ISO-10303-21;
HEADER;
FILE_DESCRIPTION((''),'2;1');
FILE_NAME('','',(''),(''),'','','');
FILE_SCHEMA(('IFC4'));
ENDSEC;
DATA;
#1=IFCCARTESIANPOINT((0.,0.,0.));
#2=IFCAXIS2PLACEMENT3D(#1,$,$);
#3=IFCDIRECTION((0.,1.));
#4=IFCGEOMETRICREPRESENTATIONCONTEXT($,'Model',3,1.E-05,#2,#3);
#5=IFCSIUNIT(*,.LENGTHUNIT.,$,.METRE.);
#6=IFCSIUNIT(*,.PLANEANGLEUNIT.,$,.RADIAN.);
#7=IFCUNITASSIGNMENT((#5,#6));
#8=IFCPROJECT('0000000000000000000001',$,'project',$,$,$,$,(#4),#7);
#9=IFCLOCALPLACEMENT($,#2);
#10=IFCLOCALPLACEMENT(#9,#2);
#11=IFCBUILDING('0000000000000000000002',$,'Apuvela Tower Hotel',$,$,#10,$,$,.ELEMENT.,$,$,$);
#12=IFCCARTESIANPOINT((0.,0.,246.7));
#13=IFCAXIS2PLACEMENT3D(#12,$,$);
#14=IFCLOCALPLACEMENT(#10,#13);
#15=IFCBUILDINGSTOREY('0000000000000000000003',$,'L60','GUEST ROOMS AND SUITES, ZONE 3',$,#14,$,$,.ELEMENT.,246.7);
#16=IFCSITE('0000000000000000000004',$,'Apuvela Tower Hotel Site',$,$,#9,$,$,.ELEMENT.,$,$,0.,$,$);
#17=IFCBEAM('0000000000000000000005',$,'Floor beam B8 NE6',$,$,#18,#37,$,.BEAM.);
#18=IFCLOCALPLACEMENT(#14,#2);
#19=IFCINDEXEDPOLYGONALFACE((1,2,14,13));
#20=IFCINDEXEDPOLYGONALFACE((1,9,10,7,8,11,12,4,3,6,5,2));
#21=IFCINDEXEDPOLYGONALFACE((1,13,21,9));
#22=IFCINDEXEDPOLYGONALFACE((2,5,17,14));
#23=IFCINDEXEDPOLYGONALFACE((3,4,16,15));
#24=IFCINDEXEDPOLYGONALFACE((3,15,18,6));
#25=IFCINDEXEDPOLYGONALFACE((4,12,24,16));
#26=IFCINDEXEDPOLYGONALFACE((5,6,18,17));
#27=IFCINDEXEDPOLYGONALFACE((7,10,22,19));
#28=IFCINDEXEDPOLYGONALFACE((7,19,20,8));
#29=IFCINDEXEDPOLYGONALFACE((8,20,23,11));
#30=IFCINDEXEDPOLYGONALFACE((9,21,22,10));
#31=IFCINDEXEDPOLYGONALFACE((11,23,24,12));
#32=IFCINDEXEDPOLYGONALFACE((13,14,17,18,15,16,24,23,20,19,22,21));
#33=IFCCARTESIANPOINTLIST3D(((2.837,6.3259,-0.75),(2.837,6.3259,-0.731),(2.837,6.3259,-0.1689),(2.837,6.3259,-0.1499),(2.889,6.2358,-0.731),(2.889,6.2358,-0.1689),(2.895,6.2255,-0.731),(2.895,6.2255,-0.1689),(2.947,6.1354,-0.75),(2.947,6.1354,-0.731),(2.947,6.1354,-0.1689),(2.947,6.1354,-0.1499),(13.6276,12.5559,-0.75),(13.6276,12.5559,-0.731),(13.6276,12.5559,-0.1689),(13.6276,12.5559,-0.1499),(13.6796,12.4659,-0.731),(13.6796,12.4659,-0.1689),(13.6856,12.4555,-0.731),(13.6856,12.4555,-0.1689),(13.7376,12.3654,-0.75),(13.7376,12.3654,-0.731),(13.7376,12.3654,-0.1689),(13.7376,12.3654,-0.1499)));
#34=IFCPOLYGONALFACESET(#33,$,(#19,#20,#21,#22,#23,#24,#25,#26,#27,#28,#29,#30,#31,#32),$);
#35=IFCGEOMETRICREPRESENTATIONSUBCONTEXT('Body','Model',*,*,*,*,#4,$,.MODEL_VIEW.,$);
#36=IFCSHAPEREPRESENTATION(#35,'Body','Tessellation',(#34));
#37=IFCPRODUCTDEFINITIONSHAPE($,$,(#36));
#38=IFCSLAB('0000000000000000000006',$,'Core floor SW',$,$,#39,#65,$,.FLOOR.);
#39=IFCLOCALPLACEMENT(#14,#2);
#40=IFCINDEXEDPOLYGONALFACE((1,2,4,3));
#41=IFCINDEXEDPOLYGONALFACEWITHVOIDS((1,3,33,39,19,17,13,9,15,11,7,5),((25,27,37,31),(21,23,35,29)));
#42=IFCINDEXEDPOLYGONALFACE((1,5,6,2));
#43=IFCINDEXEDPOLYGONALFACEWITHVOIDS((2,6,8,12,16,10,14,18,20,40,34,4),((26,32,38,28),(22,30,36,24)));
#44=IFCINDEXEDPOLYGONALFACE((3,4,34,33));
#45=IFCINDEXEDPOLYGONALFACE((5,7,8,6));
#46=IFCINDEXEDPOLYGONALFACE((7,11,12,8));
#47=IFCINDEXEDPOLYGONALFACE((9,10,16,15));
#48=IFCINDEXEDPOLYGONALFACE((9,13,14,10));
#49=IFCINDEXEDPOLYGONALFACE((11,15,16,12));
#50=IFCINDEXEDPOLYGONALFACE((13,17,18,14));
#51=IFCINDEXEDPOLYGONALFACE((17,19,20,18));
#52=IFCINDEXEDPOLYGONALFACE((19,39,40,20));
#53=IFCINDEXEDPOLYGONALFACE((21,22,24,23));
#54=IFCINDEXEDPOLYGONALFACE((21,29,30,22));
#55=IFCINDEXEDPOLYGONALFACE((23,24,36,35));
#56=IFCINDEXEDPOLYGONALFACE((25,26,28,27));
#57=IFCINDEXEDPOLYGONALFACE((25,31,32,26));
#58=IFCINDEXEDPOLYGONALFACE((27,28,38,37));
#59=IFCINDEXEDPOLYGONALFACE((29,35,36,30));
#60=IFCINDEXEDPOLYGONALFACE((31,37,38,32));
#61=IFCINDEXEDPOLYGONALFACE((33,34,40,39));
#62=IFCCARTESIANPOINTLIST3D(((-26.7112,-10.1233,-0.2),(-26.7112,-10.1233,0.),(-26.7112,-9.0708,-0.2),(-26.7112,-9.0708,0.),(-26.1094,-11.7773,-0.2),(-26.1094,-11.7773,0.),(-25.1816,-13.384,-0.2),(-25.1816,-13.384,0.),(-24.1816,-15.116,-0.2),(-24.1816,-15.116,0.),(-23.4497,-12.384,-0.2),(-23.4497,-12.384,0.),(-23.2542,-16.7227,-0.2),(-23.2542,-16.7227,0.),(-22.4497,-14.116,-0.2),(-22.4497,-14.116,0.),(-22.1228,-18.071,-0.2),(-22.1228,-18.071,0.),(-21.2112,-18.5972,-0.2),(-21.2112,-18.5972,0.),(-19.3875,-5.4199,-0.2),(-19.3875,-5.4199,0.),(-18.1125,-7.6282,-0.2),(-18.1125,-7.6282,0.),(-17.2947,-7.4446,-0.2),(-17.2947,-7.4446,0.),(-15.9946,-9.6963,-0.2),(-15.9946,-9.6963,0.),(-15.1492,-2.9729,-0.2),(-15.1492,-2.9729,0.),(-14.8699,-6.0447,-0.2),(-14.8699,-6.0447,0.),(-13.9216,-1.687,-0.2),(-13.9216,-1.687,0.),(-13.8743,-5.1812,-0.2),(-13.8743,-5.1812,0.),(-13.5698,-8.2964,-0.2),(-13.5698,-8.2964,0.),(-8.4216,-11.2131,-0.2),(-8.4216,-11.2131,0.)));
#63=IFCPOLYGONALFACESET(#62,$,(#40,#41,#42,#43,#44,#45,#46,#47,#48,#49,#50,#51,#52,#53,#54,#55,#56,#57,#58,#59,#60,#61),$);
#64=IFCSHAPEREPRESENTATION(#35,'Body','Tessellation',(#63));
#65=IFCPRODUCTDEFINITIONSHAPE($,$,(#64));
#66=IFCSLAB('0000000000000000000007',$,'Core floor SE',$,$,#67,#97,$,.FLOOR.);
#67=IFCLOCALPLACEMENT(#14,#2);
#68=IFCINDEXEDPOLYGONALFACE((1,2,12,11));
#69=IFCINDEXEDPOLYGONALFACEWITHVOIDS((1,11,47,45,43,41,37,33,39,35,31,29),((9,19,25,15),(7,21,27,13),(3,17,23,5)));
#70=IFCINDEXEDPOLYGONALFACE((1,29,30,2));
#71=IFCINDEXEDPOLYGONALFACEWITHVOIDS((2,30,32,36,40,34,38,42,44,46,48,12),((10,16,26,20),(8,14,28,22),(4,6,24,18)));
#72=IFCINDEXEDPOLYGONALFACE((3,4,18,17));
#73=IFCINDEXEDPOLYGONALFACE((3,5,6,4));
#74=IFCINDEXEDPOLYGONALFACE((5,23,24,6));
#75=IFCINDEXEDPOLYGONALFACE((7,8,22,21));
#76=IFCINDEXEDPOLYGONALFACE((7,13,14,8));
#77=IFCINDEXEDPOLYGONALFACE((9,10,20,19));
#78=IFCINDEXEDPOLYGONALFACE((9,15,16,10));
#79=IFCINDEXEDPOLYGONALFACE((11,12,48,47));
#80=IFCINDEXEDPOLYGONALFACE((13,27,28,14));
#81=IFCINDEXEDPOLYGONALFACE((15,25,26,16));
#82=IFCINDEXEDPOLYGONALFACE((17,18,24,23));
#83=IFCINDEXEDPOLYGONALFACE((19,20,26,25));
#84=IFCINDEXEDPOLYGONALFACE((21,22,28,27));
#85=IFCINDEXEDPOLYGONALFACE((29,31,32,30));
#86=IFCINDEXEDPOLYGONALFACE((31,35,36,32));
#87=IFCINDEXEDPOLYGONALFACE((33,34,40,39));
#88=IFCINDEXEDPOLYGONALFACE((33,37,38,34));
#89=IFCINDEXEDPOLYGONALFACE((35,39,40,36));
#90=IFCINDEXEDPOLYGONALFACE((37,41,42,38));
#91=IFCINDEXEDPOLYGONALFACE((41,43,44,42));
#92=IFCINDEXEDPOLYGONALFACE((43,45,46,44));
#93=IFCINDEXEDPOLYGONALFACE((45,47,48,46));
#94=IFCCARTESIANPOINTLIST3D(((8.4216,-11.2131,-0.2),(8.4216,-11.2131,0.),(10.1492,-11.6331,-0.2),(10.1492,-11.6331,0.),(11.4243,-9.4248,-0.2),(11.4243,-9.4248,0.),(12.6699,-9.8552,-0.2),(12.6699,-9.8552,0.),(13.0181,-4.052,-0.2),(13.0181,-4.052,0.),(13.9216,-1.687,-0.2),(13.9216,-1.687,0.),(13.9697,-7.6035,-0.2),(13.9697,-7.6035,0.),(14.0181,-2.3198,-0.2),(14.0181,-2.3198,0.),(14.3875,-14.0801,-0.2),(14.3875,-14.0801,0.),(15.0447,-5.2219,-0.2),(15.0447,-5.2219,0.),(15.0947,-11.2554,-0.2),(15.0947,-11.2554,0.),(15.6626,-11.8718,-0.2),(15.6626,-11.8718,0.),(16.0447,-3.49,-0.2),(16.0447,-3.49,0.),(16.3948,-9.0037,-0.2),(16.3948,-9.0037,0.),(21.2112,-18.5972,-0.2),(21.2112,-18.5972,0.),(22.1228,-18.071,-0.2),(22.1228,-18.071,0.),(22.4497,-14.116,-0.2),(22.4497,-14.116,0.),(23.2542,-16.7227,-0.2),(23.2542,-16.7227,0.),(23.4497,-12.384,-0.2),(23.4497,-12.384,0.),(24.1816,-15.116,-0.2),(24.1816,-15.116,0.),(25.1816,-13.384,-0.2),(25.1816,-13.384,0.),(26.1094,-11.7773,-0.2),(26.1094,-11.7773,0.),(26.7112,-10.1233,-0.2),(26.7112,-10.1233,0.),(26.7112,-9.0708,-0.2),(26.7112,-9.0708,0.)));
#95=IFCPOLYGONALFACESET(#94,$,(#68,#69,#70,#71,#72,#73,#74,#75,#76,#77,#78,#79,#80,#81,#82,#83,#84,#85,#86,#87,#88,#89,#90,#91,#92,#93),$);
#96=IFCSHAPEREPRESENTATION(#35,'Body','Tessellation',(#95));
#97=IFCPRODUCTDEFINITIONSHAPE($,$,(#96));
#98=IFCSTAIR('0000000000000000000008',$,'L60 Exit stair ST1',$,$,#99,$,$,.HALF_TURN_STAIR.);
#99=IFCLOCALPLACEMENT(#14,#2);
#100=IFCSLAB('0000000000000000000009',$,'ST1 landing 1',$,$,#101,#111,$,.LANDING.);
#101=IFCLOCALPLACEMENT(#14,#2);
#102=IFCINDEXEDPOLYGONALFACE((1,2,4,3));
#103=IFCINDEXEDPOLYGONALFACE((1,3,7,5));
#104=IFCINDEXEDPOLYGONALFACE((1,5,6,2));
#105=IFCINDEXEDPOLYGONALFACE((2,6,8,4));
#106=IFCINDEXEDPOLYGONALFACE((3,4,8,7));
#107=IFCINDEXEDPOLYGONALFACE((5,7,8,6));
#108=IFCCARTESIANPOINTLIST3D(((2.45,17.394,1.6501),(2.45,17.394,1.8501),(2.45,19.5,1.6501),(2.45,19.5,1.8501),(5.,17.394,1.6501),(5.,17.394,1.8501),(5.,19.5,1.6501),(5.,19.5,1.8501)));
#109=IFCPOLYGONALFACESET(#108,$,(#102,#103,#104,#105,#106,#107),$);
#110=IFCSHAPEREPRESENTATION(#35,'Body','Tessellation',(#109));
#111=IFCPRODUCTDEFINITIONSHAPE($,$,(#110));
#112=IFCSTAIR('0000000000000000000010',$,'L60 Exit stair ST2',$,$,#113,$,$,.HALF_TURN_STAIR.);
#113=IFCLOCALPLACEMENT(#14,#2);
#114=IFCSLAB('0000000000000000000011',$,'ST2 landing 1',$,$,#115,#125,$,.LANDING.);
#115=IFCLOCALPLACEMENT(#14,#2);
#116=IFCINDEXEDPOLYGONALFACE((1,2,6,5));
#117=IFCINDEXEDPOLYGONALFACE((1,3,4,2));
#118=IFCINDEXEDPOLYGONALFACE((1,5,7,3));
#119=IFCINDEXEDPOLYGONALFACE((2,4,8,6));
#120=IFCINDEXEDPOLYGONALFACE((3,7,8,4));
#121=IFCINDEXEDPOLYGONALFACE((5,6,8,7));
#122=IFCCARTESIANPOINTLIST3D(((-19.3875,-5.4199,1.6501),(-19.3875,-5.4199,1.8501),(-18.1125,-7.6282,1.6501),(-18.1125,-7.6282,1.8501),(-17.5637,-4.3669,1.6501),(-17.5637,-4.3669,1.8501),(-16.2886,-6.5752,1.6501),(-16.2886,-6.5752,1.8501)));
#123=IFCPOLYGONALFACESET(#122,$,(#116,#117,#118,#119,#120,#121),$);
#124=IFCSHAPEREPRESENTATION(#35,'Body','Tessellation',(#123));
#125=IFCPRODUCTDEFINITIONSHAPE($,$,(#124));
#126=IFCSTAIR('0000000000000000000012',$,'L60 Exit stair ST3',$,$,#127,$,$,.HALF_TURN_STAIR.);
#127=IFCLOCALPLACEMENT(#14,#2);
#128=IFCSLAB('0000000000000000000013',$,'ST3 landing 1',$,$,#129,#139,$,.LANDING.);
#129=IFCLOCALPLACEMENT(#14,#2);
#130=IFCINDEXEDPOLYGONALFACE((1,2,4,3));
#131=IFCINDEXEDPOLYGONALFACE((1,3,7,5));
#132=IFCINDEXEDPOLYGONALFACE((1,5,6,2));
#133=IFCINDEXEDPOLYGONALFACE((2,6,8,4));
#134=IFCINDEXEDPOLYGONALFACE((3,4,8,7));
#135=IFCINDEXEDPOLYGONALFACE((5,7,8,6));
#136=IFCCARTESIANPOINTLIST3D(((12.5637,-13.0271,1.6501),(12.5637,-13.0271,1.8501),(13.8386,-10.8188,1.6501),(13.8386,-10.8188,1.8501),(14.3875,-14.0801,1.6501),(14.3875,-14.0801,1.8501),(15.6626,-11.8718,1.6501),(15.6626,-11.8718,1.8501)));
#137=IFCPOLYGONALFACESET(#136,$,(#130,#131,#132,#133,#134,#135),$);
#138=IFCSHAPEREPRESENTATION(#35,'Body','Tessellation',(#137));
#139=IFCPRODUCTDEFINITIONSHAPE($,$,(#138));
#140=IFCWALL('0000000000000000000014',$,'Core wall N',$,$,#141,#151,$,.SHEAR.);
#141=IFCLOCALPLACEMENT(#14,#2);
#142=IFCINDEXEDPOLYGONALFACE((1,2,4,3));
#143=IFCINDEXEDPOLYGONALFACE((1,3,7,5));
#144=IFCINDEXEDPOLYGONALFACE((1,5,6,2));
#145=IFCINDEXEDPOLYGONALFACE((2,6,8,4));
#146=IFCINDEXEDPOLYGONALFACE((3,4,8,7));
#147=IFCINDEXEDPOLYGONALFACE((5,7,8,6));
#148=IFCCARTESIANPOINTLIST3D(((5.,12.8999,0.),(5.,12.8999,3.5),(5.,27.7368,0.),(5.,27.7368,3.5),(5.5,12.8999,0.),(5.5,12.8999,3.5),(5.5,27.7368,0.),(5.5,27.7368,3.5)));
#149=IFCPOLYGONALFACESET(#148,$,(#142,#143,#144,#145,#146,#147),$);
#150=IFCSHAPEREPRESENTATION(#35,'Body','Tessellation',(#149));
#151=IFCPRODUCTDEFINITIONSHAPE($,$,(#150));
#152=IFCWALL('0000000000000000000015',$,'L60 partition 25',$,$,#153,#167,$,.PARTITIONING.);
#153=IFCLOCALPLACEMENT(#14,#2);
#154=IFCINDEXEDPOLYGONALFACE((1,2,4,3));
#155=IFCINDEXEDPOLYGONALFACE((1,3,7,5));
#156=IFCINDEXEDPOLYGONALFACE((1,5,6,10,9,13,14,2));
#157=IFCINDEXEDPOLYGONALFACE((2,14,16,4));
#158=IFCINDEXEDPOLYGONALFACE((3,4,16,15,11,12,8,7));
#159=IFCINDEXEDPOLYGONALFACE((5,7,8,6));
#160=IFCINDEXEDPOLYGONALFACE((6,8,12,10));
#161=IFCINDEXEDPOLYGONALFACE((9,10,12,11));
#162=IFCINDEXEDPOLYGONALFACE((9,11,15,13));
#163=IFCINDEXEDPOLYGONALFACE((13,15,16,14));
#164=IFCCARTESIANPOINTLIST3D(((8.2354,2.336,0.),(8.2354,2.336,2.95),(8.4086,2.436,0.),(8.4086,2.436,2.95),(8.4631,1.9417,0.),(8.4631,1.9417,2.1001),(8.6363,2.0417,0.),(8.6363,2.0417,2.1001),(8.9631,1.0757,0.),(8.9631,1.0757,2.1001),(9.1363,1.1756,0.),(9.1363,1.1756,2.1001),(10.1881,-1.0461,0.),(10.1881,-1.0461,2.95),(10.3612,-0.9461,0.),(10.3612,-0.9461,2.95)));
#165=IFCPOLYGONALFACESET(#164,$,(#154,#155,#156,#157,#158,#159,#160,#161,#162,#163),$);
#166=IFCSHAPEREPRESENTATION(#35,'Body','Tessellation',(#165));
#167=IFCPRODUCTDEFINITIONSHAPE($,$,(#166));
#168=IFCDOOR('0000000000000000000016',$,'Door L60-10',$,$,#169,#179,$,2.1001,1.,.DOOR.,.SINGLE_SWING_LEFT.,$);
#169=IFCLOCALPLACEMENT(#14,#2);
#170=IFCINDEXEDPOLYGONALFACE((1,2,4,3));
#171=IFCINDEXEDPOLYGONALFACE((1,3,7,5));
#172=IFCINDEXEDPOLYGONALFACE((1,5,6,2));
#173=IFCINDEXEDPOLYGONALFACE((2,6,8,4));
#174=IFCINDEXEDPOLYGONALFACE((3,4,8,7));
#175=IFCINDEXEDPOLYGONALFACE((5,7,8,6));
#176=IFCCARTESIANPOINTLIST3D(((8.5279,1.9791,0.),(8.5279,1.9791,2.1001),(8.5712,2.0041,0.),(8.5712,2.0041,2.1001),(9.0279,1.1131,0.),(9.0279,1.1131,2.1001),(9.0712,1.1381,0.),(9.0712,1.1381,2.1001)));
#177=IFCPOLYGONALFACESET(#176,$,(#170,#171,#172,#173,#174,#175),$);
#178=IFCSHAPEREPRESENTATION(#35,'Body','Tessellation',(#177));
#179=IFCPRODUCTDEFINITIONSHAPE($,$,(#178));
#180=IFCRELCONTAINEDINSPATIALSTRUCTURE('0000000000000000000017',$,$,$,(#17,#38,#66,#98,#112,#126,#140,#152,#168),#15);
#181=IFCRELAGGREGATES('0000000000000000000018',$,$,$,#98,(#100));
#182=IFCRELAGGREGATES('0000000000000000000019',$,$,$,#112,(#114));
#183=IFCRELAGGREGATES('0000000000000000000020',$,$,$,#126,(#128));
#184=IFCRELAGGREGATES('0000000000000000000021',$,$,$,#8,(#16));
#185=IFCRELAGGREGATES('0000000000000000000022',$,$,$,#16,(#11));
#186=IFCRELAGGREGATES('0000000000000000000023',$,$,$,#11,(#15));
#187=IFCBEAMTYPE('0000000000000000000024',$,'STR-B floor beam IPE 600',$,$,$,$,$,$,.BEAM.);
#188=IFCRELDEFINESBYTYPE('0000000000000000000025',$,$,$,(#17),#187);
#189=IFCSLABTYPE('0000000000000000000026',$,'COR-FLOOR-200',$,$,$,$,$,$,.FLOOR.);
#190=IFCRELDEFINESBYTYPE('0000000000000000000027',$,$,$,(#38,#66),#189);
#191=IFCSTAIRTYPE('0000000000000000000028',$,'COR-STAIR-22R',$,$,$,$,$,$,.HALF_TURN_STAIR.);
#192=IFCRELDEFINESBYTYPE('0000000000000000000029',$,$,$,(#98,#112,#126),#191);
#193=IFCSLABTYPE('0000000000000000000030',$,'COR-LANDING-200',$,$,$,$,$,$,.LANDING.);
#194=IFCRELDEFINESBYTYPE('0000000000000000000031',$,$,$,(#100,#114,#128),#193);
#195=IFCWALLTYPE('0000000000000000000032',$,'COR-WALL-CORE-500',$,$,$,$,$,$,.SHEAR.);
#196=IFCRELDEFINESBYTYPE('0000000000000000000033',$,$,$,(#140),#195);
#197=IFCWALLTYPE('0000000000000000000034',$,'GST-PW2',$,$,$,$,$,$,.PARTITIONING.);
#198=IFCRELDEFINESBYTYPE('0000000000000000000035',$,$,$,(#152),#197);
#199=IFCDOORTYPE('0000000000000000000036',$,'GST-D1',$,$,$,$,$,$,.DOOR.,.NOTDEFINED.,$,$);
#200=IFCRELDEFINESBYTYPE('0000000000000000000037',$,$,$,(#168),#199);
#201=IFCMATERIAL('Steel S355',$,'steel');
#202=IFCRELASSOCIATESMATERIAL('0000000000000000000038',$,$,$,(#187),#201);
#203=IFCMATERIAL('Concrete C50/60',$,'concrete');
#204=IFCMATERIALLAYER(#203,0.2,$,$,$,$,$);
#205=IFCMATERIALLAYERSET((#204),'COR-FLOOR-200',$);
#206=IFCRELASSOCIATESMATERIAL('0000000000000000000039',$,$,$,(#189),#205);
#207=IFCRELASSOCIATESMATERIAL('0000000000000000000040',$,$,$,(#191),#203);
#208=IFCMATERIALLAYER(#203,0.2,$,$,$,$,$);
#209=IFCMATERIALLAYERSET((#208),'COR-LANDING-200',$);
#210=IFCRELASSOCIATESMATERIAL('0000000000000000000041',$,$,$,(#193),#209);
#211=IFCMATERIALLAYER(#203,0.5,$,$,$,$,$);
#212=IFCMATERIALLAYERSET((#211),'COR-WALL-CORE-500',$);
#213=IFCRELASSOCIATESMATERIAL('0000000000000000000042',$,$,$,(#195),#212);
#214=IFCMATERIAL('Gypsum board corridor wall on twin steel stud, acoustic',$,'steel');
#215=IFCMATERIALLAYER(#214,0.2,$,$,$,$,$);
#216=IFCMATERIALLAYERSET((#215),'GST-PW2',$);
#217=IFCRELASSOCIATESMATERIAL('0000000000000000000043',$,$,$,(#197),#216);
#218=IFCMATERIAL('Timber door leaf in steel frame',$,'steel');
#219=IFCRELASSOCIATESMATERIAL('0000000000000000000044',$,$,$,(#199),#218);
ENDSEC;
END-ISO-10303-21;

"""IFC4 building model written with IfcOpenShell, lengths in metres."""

from ifc_helpers import new_model, si_unit, direction, frame, frame_2d, origin, origin_2d, place, context, subcontext, project, spatial, polyline, rectangle, i_section, outline, extrude, material, layer, layer_set, material_profile, profile_set, type_object, element, fill, aggregate, save


model = new_model("IFC4")

# Units and contexts
model_context = context("Model", 3, precision=1e-05, world=origin(), true_north=direction((0.0, 1.0)))
body_context = subcontext(model_context, "Body", "Model", "MODEL_VIEW")
ifc_project = project(units=[si_unit("LENGTHUNIT", "METRE"), si_unit("PLANEANGLEUNIT", "RADIAN")], contexts=[model_context])

# Site, building, storey
site_placement = place(None, origin())
site = spatial("IfcSite", under=ifc_project, at=site_placement, Name="Apuvela Tower Hotel Site", CompositionType="ELEMENT", RefElevation=0.0)
building_placement = place(site_placement, origin())
building = spatial("IfcBuilding", under=site, at=building_placement, Name="Apuvela Tower Hotel", CompositionType="ELEMENT")
storey_placement = place(building_placement, frame((0.0, 0.0, 246.7)))
storey = spatial("IfcBuildingStorey", under=building, at=storey_placement, Name="L60", Description="GUEST ROOMS AND SUITES, ZONE 3", CompositionType="ELEMENT", Elevation=246.7)

# Beam
ifc_material_1 = material(Name="Steel S355", Category="steel")
ifc_material_profile = material_profile(ifc_material_1, i_section(OverallWidth=0.22, OverallDepth=0.6001, WebThickness=0.012, FlangeThickness=0.019, at=origin_2d()), Name="IPE 600")
ifc_profile_set = profile_set([ifc_material_profile], Name="Steel S355")
beam_type = type_object("IfcBeamType", Name="STR-B floor beam IPE 600", PredefinedType="BEAM", material=ifc_profile_set)
beam_placement = place(storey_placement, frame((13.6826, 12.4607, -0.45), z_axis=(-0.866023, -0.500004, 0.0), x_axis=(0.500004, -0.866023, 0.0)))
element("IfcBeam", 1, at=beam_placement, inside=storey, type_object=beam_type, Name="Floor beam B8 NE6", PredefinedType="BEAM", context=body_context, shape_type="SweptSolid", body=[
    extrude(i_section(OverallWidth=0.22, OverallDepth=0.6001, WebThickness=0.012, FlangeThickness=0.019, at=origin_2d()), origin(), (0.0, 0.0, 1.0), 12.46),
])

# Slabs
ifc_material_2 = material(Name="Concrete C50/60", Category="concrete")
ifc_layer_1 = layer(ifc_material_2, 0.2)
ifc_layer_set_1 = layer_set([ifc_layer_1], Name="COR-FLOOR-200")
slab_type_1 = type_object("IfcSlabType", Name="COR-FLOOR-200", PredefinedType="FLOOR", material=ifc_layer_set_1)
slab_1_placement = place(storey_placement, frame((0.0, 0.0, -0.2)))
element("IfcSlab", 2, at=slab_1_placement, inside=storey, type_object=slab_type_1, Name="Core floor SW", PredefinedType="FLOOR", context=body_context, shape_type="SweptSolid", body=[
    extrude(outline(polyline([(-26.7112, -9.0708), (-26.7112, -10.1233), (-26.1094, -11.7773), (-25.1816, -13.384), (-23.4497, -12.384), (-22.4497, -14.116), (-24.1816, -15.116), (-23.2542, -16.7227), (-22.1228, -18.071), (-21.2112, -18.5972), (-8.4216, -11.2131), (-13.9216, -1.687), (-26.7112, -9.0708)]), holes=[polyline([(-13.8743, -5.1812), (-18.1125, -7.6282), (-19.3875, -5.4199), (-15.1492, -2.9729), (-13.8743, -5.1812)]), polyline([(-13.5698, -8.2964), (-15.9946, -9.6963), (-17.2947, -7.4446), (-14.8699, -6.0447), (-13.5698, -8.2964)])]), origin(), (0.0, 0.0, 1.0), 0.2),
])
slab_2_placement = place(storey_placement, frame((0.0, 0.0, -0.2)))
element("IfcSlab", 3, at=slab_2_placement, inside=storey, type_object=slab_type_1, Name="Core floor SE", PredefinedType="FLOOR", context=body_context, shape_type="SweptSolid", body=[
    extrude(outline(polyline([(21.2112, -18.5972), (22.1228, -18.071), (23.2542, -16.7227), (24.1816, -15.116), (22.4497, -14.116), (23.4497, -12.384), (25.1816, -13.384), (26.1094, -11.7773), (26.7112, -10.1233), (26.7112, -9.0708), (13.9216, -1.687), (8.4216, -11.2131), (21.2112, -18.5972)]), holes=[polyline([(14.0181, -2.3198), (16.0447, -3.49), (15.0447, -5.2219), (13.0181, -4.052), (14.0181, -2.3198)]), polyline([(10.1492, -11.6331), (11.4243, -9.4248), (15.6626, -11.8718), (14.3875, -14.0801), (10.1492, -11.6331)]), polyline([(12.6699, -9.8552), (13.9697, -7.6035), (16.3948, -9.0037), (15.0947, -11.2554), (12.6699, -9.8552)])]), origin(), (0.0, 0.0, 1.0), 0.2),
])

# Stairs, slabs
stair_type = type_object("IfcStairType", Name="COR-STAIR-22R", PredefinedType="HALF_TURN_STAIR", material=ifc_material_2)
stair_1_placement = place(storey_placement, origin())
stair_1 = element("IfcStair", 4, at=stair_1_placement, inside=storey, type_object=stair_type, Name="L60 Exit stair ST1", PredefinedType="HALF_TURN_STAIR")
ifc_layer_2 = layer(ifc_material_2, 0.2)
ifc_layer_set_2 = layer_set([ifc_layer_2], Name="COR-LANDING-200")
slab_type_2 = type_object("IfcSlabType", Name="COR-LANDING-200", PredefinedType="LANDING", material=ifc_layer_set_2)
slab_3_placement = place(storey_placement, frame((0.0, 0.0, 1.6501)))
slab_3 = element("IfcSlab", 5, at=slab_3_placement, type_object=slab_type_2, Name="ST1 landing 1", PredefinedType="LANDING", context=body_context, shape_type="SweptSolid", body=[
    extrude(outline(polyline([(5.0, 17.394), (5.0, 19.5), (2.45, 19.5), (2.45, 17.394), (5.0, 17.394)])), origin(), (0.0, 0.0, 1.0), 0.2),
])
aggregate(stair_1, [slab_3])
stair_2_placement = place(storey_placement, origin())
stair_2 = element("IfcStair", 6, at=stair_2_placement, inside=storey, type_object=stair_type, Name="L60 Exit stair ST2", PredefinedType="HALF_TURN_STAIR")
slab_4_placement = place(storey_placement, frame((0.0, 0.0, 1.6501)))
slab_4 = element("IfcSlab", 7, at=slab_4_placement, type_object=slab_type_2, Name="ST2 landing 1", PredefinedType="LANDING", context=body_context, shape_type="SweptSolid", body=[
    extrude(outline(polyline([(-17.5637, -4.3669), (-19.3875, -5.4199), (-18.1125, -7.6282), (-16.2886, -6.5752), (-17.5637, -4.3669)])), origin(), (0.0, 0.0, 1.0), 0.2),
])
aggregate(stair_2, [slab_4])
stair_3_placement = place(storey_placement, origin())
stair_3 = element("IfcStair", 8, at=stair_3_placement, inside=storey, type_object=stair_type, Name="L60 Exit stair ST3", PredefinedType="HALF_TURN_STAIR")
slab_5_placement = place(storey_placement, frame((0.0, 0.0, 1.6501)))
slab_5 = element("IfcSlab", 9, at=slab_5_placement, type_object=slab_type_2, Name="ST3 landing 1", PredefinedType="LANDING", context=body_context, shape_type="SweptSolid", body=[
    extrude(outline(polyline([(12.5637, -13.0271), (14.3875, -14.0801), (15.6626, -11.8718), (13.8386, -10.8188), (12.5637, -13.0271)])), origin(), (0.0, 0.0, 1.0), 0.2),
])
aggregate(stair_3, [slab_5])

# Wall
ifc_layer_3 = layer(ifc_material_2, 0.5)
ifc_layer_set_3 = layer_set([ifc_layer_3], Name="COR-WALL-CORE-500")
wall_type_1 = type_object("IfcWallType", Name="COR-WALL-CORE-500", PredefinedType="SHEAR", material=ifc_layer_set_3)
wall_1_placement = place(storey_placement, frame((5.25, 12.8999, 0.0), z_axis=(0.0, 0.0, 1.0), x_axis=(0.0, 1.0, 0.0)))
element("IfcWall", 10, at=wall_1_placement, inside=storey, type_object=wall_type_1, Name="Core wall N", PredefinedType="SHEAR", context=body_context, shape_type="SweptSolid", body=[
    extrude(rectangle(XDim=14.8369, YDim=0.5, at=frame_2d((7.4185, 0.0))), origin(), (0.0, 0.0, 1.0), 3.5),
])

# Wall, opening, door
ifc_material_3 = material(Name="Gypsum board corridor wall on twin steel stud, acoustic", Category="steel")
ifc_layer_4 = layer(ifc_material_3, 0.2)
ifc_layer_set_4 = layer_set([ifc_layer_4], Name="GST-PW2")
wall_type_2 = type_object("IfcWallType", Name="GST-PW2", PredefinedType="PARTITIONING", material=ifc_layer_set_4)
wall_2_placement = place(storey_placement, frame((8.322, 2.386, 0.0), z_axis=(0.0, 0.0, 1.0), x_axis=(0.499998, -0.866026, 0.0)))
wall_2 = element("IfcWall", 11, at=wall_2_placement, inside=storey, type_object=wall_type_2, Name="L60 partition 25", PredefinedType="PARTITIONING", context=body_context, shape_type="SweptSolid", body=[
    extrude(rectangle(XDim=3.9053, YDim=0.2, at=frame_2d((1.9526, 0.0))), origin(), (0.0, 0.0, 1.0), 2.95),
])
opening_1_placement = place(wall_2_placement, frame((0.4553, 0.0, 0.0)))
opening_1 = element("IfcOpeningElement", 12, at=opening_1_placement, cuts=wall_2, PredefinedType="OPENING", context=body_context, shape_type="SweptSolid", body=[
    extrude(rectangle(XDim=1.0, YDim=2.1001, at=frame_2d((0.5, 1.05))), frame((0.0, 0.1099, 0.0), z_axis=(0.0, -1.0, 0.0), x_axis=(1.0, 0.0, 0.0)), (0.0, 0.0, 1.0), 0.22),
])
ifc_material_4 = material(Name="Timber door leaf in steel frame", Category="steel")
door_type_1 = type_object("IfcDoorType", Name="GST-D1", OperationType="NOTDEFINED", PredefinedType="DOOR", material=ifc_material_4)
door_1_placement = place(opening_1_placement, origin())
door_1 = element("IfcDoor", 13, at=door_1_placement, inside=storey, type_object=door_type_1, Name="Door L60-10", OperationType="SINGLE_SWING_LEFT", OverallHeight=2.1001, OverallWidth=1.0, PredefinedType="DOOR", context=body_context, shape_type="SweptSolid", body=[
    extrude(rectangle(XDim=1.0, YDim=2.1001, at=frame_2d((0.5, 1.05))), frame((0.0, 0.0249, 0.0), z_axis=(0.0, -1.0, 0.0), x_axis=(1.0, 0.0, 0.0)), (0.0, 0.0, 1.0), 0.05),
])
fill(opening_1, door_1)

save(model, "model.ifc")
